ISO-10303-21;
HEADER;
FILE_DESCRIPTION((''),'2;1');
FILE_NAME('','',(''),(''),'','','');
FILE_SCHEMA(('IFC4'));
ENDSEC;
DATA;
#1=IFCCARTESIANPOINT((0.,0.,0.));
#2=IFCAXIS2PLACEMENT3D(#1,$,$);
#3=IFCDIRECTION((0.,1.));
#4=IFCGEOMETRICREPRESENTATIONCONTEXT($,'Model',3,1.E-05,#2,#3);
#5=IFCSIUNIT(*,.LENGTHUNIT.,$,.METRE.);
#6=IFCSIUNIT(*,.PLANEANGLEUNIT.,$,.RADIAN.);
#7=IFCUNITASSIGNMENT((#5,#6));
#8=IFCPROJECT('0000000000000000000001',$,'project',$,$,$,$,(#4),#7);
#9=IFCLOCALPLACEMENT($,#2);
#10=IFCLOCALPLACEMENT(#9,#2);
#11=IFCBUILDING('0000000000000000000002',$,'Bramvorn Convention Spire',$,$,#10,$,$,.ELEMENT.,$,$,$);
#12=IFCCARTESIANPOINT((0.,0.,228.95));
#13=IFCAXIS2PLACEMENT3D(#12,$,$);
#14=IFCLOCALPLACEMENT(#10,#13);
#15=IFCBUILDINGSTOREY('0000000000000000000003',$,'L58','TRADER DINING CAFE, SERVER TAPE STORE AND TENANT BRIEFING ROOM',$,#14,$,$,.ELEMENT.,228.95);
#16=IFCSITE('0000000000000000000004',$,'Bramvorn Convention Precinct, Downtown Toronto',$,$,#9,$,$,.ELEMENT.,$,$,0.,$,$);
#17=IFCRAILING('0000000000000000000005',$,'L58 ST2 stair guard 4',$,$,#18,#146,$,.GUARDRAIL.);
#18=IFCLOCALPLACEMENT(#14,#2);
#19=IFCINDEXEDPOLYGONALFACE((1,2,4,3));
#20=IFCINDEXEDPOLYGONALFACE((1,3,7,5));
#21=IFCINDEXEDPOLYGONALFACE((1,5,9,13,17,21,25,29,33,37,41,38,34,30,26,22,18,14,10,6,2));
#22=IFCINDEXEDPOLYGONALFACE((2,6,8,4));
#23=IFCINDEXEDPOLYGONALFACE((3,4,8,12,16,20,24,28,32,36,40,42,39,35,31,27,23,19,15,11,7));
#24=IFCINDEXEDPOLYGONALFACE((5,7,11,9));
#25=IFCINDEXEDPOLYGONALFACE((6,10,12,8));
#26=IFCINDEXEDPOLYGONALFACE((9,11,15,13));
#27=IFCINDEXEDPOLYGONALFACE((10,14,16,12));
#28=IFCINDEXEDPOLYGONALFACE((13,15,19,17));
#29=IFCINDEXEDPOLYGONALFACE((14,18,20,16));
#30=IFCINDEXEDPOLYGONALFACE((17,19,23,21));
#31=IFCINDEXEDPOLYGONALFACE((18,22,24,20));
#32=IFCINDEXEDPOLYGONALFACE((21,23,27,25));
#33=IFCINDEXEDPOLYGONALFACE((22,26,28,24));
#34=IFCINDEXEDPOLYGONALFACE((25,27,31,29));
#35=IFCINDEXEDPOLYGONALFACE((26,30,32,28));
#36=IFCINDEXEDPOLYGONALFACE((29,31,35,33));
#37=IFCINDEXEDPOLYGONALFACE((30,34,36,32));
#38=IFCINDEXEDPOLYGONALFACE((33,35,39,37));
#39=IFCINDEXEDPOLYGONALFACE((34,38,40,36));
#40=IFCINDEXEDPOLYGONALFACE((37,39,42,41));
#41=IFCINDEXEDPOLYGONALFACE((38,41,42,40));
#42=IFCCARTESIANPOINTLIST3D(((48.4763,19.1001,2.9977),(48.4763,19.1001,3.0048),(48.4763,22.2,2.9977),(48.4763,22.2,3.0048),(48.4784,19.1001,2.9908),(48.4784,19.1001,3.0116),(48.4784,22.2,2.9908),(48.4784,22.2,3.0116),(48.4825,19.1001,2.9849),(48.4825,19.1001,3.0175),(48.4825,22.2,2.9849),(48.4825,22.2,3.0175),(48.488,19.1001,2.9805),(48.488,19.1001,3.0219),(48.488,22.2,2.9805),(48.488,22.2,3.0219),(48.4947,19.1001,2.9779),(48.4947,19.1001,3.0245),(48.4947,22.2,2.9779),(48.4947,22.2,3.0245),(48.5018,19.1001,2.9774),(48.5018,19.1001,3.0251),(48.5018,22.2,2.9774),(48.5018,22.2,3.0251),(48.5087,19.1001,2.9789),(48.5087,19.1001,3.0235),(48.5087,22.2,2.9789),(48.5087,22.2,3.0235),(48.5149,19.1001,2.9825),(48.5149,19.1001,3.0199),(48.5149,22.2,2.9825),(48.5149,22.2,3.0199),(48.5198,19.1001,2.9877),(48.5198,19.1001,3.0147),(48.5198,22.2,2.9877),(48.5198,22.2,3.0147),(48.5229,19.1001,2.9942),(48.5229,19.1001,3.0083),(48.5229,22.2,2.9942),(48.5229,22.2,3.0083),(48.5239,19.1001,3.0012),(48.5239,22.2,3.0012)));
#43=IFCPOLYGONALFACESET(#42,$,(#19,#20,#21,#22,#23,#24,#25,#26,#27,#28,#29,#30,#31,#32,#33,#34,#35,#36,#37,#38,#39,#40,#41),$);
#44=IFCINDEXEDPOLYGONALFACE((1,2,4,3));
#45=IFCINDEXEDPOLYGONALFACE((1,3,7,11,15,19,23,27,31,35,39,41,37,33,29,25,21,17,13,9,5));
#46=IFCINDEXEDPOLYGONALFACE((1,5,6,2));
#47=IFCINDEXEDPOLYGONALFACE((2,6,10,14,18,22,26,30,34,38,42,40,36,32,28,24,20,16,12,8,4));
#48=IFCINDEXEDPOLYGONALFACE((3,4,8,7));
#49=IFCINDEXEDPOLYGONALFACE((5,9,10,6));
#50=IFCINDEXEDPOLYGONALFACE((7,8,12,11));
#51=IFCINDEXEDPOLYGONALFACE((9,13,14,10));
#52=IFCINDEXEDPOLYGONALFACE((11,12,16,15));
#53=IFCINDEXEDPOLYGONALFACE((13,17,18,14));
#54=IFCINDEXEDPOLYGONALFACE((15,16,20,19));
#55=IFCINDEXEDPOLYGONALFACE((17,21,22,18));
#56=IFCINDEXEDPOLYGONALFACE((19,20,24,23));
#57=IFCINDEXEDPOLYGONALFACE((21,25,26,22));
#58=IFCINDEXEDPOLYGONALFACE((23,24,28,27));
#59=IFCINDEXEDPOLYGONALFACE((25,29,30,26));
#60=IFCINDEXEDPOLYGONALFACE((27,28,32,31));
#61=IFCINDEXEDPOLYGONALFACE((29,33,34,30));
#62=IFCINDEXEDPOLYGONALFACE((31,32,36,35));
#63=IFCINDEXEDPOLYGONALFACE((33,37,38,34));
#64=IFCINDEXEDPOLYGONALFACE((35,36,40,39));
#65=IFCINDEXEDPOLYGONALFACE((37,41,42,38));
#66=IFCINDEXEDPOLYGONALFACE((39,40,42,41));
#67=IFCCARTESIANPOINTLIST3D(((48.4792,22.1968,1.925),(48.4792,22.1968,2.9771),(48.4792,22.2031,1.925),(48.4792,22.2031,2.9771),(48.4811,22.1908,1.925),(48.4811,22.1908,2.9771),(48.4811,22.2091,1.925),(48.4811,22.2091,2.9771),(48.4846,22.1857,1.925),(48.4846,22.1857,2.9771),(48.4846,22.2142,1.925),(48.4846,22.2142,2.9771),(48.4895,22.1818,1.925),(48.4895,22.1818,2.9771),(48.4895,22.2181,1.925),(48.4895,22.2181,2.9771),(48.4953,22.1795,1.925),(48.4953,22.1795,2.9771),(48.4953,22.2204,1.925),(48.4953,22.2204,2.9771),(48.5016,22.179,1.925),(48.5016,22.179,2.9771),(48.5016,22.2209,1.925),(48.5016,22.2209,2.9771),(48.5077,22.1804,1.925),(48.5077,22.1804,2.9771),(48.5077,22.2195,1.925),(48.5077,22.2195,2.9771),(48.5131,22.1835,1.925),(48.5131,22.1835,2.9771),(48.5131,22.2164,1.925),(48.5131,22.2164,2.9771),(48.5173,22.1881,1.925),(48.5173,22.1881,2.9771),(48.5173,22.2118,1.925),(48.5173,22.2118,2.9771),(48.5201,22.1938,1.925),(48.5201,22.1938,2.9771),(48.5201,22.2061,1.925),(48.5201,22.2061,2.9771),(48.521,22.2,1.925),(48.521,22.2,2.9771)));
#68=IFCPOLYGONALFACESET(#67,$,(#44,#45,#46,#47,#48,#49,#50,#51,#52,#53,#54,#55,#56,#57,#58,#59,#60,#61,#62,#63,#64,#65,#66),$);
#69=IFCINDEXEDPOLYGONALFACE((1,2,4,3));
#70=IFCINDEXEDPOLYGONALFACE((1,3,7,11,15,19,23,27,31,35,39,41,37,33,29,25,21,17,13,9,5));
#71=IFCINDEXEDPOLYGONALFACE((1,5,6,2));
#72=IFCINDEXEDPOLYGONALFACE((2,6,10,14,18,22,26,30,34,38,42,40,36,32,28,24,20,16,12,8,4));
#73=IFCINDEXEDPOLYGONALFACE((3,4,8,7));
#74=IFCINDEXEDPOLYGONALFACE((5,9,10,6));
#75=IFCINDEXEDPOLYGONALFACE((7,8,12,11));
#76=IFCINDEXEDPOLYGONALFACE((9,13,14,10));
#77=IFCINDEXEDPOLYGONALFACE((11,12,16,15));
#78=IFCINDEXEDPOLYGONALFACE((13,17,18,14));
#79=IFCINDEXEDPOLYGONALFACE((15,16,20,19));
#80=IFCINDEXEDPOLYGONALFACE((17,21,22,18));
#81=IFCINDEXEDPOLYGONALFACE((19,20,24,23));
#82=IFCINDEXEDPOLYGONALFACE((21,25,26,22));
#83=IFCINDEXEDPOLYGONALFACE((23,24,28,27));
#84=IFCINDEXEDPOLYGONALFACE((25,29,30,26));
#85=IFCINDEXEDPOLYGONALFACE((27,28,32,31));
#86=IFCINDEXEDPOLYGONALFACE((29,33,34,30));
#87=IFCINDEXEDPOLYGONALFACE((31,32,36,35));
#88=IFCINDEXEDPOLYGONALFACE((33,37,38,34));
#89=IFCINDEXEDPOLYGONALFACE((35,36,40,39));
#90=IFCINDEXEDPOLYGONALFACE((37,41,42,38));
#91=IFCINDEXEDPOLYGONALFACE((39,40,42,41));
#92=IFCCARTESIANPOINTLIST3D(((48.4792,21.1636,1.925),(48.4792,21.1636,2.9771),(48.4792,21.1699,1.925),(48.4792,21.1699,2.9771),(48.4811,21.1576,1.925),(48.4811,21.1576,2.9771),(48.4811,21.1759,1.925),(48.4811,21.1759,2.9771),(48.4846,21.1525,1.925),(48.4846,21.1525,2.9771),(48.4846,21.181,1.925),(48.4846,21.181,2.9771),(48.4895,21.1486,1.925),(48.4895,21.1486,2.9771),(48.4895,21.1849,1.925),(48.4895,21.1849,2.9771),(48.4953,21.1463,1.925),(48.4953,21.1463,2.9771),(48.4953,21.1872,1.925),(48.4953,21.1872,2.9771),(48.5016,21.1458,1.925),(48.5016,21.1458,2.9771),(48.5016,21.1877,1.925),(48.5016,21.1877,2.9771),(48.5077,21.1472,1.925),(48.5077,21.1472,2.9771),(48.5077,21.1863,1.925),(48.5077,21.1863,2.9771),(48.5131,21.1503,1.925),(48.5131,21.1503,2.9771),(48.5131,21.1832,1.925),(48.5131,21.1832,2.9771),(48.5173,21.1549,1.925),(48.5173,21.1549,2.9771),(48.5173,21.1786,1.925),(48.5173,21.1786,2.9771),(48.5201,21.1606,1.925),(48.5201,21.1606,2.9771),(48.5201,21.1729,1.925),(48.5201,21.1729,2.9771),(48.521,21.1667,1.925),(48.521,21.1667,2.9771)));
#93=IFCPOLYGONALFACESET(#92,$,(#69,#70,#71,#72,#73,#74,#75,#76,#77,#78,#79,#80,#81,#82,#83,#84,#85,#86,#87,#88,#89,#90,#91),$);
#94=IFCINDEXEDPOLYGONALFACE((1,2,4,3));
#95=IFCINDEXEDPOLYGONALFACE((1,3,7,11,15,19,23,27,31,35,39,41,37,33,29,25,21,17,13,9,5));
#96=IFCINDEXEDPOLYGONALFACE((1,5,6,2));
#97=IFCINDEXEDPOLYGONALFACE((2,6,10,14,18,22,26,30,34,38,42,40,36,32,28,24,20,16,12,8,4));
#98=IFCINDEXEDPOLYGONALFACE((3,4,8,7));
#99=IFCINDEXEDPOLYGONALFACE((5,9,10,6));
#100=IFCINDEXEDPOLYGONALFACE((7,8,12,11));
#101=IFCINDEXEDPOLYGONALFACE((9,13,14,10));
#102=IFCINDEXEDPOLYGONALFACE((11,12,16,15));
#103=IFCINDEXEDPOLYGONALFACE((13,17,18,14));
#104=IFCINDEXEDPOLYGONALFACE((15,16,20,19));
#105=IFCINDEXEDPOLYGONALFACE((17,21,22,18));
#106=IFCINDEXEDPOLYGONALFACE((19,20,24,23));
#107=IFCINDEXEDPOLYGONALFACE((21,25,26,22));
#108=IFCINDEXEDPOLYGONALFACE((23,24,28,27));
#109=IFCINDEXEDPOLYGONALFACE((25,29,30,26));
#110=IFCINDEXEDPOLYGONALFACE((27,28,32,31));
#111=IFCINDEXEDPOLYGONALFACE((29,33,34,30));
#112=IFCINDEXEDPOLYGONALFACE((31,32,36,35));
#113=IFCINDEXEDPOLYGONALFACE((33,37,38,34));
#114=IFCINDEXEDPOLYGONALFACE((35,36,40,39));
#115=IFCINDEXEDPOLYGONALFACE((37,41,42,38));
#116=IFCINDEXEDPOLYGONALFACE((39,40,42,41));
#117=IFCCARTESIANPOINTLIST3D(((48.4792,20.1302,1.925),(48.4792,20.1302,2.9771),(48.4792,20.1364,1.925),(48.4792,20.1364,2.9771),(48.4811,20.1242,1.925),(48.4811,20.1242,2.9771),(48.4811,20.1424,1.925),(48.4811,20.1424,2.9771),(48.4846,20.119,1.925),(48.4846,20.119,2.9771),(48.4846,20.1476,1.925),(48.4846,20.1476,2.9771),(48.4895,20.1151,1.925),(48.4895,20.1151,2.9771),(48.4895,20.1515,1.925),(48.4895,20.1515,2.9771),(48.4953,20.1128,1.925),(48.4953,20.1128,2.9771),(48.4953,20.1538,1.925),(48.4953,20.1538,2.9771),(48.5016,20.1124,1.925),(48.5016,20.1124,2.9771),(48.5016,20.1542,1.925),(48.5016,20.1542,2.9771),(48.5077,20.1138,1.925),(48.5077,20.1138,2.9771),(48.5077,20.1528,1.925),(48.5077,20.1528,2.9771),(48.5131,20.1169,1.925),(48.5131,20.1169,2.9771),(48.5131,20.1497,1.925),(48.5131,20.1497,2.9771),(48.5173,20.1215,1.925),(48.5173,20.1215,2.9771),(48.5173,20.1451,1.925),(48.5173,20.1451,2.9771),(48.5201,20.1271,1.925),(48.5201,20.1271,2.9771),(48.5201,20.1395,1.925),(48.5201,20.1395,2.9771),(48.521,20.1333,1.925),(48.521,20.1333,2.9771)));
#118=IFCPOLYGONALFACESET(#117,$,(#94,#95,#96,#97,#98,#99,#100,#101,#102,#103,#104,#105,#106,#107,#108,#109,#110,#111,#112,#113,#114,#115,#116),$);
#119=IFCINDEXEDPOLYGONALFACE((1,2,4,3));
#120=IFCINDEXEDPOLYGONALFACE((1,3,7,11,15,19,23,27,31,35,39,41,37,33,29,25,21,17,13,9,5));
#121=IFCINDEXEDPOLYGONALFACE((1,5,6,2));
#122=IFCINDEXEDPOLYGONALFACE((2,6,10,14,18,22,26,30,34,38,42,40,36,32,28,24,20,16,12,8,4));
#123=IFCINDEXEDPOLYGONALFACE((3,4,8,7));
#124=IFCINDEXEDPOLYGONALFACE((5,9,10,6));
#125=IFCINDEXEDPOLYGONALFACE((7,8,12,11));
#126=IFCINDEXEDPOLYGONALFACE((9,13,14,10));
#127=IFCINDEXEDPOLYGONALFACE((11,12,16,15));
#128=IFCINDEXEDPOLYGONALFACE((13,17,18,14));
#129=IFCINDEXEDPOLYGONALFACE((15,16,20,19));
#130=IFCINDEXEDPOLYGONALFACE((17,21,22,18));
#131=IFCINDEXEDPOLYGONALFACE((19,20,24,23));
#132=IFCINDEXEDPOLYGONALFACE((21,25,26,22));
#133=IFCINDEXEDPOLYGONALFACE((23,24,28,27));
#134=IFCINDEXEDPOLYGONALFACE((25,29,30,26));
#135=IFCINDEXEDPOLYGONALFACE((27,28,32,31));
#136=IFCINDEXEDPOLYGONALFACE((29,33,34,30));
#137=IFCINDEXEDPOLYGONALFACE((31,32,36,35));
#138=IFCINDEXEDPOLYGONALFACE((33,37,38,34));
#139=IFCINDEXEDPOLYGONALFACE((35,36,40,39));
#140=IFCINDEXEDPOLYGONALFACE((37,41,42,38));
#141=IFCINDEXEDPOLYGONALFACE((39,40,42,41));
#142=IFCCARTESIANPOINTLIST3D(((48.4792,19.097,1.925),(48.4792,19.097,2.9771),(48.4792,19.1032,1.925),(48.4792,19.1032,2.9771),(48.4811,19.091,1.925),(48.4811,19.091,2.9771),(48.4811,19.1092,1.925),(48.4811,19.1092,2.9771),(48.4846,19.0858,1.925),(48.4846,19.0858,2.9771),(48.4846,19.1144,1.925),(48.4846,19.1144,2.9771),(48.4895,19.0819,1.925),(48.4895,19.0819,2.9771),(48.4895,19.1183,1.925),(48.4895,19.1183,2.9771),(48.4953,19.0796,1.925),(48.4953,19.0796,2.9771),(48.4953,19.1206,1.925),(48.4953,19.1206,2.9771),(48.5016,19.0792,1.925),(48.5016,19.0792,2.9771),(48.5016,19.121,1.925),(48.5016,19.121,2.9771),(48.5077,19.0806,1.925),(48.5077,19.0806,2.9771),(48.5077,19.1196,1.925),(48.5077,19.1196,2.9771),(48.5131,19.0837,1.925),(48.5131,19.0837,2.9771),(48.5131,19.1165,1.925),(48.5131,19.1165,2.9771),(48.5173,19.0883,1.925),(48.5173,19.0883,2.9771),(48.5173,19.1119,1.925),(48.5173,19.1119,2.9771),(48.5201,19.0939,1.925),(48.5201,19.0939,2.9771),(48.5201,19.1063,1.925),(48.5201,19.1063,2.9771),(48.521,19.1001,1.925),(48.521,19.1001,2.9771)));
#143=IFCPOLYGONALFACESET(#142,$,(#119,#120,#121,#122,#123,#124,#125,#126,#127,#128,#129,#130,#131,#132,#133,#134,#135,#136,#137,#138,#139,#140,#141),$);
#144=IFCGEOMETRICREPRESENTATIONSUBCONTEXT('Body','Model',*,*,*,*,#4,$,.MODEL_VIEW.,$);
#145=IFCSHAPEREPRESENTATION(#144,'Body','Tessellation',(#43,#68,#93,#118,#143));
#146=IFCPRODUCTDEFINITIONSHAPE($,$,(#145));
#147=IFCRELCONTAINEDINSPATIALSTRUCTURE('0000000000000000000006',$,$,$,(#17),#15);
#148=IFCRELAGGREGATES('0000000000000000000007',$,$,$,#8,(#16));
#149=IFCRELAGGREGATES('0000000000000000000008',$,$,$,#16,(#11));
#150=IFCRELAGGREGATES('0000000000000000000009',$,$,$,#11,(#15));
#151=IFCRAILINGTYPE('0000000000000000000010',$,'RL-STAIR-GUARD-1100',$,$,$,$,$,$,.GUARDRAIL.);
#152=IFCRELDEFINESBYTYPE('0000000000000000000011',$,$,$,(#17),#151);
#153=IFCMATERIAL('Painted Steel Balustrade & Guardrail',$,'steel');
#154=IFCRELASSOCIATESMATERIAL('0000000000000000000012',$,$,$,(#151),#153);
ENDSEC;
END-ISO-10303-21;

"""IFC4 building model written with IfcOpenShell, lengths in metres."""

from ifc_helpers import new_model, si_unit, direction, frame, origin, origin_2d, place, context, subcontext, project, spatial, circle, extrude, material, type_object, element, save


model = new_model("IFC4")

# Units and contexts
model_context = context("Model", 3, precision=1e-05, world=origin(), true_north=direction((0.0, 1.0)))
body_context = subcontext(model_context, "Body", "Model", "MODEL_VIEW")
ifc_project = project(units=[si_unit("LENGTHUNIT", "METRE"), si_unit("PLANEANGLEUNIT", "RADIAN")], contexts=[model_context])

# Site, building, storey
site_placement = place(None, origin())
site = spatial("IfcSite", under=ifc_project, at=site_placement, Name="Bramvorn Convention Precinct, Downtown Toronto", CompositionType="ELEMENT", RefElevation=0.0)
building_placement = place(site_placement, origin())
building = spatial("IfcBuilding", under=site, at=building_placement, Name="Bramvorn Convention Spire", CompositionType="ELEMENT")
storey_placement = place(building_placement, frame((0.0, 0.0, 228.95)))
storey = spatial("IfcBuildingStorey", under=building, at=storey_placement, Name="L58", Description="TRADER DINING CAFE, SERVER TAPE STORE AND TENANT BRIEFING ROOM", CompositionType="ELEMENT", Elevation=228.95)

# Railing
ifc_material_1 = material(Name="Painted Steel Balustrade & Guardrail", Category="steel")
railing_type = type_object("IfcRailingType", Name="RL-STAIR-GUARD-1100", PredefinedType="GUARDRAIL", material=ifc_material_1)
railing_1_placement = place(storey_placement, frame((48.5, 22.2, 1.925)))
element("IfcRailing", 1, at=railing_1_placement, inside=storey, type_object=railing_type, Name="L58 ST2 stair guard 4", PredefinedType="GUARDRAIL", context=body_context, shape_type="SweptSolid", body=[
    extrude(circle(Radius=0.0239, at=origin_2d()), frame((0.0, 0.0, 1.0762), z_axis=(0.0, -1.0, 0.0), x_axis=(1.0, 0.0, 0.0)), (0.0, 0.0, 1.0), 3.0999),
    extrude(circle(Radius=0.021, at=origin_2d()), origin(), (0.0, 0.0, 1.0), 1.052),
    extrude(circle(Radius=0.021, at=origin_2d()), frame((0.0, -1.0332, 0.0)), (0.0, 0.0, 1.0), 1.052),
    extrude(circle(Radius=0.021, at=origin_2d()), frame((0.0, -2.0667, 0.0)), (0.0, 0.0, 1.0), 1.052),
    extrude(circle(Radius=0.021, at=origin_2d()), frame((0.0, -3.0999, 0.0)), (0.0, 0.0, 1.0), 1.052),
])

save(model, "model.ifc")
